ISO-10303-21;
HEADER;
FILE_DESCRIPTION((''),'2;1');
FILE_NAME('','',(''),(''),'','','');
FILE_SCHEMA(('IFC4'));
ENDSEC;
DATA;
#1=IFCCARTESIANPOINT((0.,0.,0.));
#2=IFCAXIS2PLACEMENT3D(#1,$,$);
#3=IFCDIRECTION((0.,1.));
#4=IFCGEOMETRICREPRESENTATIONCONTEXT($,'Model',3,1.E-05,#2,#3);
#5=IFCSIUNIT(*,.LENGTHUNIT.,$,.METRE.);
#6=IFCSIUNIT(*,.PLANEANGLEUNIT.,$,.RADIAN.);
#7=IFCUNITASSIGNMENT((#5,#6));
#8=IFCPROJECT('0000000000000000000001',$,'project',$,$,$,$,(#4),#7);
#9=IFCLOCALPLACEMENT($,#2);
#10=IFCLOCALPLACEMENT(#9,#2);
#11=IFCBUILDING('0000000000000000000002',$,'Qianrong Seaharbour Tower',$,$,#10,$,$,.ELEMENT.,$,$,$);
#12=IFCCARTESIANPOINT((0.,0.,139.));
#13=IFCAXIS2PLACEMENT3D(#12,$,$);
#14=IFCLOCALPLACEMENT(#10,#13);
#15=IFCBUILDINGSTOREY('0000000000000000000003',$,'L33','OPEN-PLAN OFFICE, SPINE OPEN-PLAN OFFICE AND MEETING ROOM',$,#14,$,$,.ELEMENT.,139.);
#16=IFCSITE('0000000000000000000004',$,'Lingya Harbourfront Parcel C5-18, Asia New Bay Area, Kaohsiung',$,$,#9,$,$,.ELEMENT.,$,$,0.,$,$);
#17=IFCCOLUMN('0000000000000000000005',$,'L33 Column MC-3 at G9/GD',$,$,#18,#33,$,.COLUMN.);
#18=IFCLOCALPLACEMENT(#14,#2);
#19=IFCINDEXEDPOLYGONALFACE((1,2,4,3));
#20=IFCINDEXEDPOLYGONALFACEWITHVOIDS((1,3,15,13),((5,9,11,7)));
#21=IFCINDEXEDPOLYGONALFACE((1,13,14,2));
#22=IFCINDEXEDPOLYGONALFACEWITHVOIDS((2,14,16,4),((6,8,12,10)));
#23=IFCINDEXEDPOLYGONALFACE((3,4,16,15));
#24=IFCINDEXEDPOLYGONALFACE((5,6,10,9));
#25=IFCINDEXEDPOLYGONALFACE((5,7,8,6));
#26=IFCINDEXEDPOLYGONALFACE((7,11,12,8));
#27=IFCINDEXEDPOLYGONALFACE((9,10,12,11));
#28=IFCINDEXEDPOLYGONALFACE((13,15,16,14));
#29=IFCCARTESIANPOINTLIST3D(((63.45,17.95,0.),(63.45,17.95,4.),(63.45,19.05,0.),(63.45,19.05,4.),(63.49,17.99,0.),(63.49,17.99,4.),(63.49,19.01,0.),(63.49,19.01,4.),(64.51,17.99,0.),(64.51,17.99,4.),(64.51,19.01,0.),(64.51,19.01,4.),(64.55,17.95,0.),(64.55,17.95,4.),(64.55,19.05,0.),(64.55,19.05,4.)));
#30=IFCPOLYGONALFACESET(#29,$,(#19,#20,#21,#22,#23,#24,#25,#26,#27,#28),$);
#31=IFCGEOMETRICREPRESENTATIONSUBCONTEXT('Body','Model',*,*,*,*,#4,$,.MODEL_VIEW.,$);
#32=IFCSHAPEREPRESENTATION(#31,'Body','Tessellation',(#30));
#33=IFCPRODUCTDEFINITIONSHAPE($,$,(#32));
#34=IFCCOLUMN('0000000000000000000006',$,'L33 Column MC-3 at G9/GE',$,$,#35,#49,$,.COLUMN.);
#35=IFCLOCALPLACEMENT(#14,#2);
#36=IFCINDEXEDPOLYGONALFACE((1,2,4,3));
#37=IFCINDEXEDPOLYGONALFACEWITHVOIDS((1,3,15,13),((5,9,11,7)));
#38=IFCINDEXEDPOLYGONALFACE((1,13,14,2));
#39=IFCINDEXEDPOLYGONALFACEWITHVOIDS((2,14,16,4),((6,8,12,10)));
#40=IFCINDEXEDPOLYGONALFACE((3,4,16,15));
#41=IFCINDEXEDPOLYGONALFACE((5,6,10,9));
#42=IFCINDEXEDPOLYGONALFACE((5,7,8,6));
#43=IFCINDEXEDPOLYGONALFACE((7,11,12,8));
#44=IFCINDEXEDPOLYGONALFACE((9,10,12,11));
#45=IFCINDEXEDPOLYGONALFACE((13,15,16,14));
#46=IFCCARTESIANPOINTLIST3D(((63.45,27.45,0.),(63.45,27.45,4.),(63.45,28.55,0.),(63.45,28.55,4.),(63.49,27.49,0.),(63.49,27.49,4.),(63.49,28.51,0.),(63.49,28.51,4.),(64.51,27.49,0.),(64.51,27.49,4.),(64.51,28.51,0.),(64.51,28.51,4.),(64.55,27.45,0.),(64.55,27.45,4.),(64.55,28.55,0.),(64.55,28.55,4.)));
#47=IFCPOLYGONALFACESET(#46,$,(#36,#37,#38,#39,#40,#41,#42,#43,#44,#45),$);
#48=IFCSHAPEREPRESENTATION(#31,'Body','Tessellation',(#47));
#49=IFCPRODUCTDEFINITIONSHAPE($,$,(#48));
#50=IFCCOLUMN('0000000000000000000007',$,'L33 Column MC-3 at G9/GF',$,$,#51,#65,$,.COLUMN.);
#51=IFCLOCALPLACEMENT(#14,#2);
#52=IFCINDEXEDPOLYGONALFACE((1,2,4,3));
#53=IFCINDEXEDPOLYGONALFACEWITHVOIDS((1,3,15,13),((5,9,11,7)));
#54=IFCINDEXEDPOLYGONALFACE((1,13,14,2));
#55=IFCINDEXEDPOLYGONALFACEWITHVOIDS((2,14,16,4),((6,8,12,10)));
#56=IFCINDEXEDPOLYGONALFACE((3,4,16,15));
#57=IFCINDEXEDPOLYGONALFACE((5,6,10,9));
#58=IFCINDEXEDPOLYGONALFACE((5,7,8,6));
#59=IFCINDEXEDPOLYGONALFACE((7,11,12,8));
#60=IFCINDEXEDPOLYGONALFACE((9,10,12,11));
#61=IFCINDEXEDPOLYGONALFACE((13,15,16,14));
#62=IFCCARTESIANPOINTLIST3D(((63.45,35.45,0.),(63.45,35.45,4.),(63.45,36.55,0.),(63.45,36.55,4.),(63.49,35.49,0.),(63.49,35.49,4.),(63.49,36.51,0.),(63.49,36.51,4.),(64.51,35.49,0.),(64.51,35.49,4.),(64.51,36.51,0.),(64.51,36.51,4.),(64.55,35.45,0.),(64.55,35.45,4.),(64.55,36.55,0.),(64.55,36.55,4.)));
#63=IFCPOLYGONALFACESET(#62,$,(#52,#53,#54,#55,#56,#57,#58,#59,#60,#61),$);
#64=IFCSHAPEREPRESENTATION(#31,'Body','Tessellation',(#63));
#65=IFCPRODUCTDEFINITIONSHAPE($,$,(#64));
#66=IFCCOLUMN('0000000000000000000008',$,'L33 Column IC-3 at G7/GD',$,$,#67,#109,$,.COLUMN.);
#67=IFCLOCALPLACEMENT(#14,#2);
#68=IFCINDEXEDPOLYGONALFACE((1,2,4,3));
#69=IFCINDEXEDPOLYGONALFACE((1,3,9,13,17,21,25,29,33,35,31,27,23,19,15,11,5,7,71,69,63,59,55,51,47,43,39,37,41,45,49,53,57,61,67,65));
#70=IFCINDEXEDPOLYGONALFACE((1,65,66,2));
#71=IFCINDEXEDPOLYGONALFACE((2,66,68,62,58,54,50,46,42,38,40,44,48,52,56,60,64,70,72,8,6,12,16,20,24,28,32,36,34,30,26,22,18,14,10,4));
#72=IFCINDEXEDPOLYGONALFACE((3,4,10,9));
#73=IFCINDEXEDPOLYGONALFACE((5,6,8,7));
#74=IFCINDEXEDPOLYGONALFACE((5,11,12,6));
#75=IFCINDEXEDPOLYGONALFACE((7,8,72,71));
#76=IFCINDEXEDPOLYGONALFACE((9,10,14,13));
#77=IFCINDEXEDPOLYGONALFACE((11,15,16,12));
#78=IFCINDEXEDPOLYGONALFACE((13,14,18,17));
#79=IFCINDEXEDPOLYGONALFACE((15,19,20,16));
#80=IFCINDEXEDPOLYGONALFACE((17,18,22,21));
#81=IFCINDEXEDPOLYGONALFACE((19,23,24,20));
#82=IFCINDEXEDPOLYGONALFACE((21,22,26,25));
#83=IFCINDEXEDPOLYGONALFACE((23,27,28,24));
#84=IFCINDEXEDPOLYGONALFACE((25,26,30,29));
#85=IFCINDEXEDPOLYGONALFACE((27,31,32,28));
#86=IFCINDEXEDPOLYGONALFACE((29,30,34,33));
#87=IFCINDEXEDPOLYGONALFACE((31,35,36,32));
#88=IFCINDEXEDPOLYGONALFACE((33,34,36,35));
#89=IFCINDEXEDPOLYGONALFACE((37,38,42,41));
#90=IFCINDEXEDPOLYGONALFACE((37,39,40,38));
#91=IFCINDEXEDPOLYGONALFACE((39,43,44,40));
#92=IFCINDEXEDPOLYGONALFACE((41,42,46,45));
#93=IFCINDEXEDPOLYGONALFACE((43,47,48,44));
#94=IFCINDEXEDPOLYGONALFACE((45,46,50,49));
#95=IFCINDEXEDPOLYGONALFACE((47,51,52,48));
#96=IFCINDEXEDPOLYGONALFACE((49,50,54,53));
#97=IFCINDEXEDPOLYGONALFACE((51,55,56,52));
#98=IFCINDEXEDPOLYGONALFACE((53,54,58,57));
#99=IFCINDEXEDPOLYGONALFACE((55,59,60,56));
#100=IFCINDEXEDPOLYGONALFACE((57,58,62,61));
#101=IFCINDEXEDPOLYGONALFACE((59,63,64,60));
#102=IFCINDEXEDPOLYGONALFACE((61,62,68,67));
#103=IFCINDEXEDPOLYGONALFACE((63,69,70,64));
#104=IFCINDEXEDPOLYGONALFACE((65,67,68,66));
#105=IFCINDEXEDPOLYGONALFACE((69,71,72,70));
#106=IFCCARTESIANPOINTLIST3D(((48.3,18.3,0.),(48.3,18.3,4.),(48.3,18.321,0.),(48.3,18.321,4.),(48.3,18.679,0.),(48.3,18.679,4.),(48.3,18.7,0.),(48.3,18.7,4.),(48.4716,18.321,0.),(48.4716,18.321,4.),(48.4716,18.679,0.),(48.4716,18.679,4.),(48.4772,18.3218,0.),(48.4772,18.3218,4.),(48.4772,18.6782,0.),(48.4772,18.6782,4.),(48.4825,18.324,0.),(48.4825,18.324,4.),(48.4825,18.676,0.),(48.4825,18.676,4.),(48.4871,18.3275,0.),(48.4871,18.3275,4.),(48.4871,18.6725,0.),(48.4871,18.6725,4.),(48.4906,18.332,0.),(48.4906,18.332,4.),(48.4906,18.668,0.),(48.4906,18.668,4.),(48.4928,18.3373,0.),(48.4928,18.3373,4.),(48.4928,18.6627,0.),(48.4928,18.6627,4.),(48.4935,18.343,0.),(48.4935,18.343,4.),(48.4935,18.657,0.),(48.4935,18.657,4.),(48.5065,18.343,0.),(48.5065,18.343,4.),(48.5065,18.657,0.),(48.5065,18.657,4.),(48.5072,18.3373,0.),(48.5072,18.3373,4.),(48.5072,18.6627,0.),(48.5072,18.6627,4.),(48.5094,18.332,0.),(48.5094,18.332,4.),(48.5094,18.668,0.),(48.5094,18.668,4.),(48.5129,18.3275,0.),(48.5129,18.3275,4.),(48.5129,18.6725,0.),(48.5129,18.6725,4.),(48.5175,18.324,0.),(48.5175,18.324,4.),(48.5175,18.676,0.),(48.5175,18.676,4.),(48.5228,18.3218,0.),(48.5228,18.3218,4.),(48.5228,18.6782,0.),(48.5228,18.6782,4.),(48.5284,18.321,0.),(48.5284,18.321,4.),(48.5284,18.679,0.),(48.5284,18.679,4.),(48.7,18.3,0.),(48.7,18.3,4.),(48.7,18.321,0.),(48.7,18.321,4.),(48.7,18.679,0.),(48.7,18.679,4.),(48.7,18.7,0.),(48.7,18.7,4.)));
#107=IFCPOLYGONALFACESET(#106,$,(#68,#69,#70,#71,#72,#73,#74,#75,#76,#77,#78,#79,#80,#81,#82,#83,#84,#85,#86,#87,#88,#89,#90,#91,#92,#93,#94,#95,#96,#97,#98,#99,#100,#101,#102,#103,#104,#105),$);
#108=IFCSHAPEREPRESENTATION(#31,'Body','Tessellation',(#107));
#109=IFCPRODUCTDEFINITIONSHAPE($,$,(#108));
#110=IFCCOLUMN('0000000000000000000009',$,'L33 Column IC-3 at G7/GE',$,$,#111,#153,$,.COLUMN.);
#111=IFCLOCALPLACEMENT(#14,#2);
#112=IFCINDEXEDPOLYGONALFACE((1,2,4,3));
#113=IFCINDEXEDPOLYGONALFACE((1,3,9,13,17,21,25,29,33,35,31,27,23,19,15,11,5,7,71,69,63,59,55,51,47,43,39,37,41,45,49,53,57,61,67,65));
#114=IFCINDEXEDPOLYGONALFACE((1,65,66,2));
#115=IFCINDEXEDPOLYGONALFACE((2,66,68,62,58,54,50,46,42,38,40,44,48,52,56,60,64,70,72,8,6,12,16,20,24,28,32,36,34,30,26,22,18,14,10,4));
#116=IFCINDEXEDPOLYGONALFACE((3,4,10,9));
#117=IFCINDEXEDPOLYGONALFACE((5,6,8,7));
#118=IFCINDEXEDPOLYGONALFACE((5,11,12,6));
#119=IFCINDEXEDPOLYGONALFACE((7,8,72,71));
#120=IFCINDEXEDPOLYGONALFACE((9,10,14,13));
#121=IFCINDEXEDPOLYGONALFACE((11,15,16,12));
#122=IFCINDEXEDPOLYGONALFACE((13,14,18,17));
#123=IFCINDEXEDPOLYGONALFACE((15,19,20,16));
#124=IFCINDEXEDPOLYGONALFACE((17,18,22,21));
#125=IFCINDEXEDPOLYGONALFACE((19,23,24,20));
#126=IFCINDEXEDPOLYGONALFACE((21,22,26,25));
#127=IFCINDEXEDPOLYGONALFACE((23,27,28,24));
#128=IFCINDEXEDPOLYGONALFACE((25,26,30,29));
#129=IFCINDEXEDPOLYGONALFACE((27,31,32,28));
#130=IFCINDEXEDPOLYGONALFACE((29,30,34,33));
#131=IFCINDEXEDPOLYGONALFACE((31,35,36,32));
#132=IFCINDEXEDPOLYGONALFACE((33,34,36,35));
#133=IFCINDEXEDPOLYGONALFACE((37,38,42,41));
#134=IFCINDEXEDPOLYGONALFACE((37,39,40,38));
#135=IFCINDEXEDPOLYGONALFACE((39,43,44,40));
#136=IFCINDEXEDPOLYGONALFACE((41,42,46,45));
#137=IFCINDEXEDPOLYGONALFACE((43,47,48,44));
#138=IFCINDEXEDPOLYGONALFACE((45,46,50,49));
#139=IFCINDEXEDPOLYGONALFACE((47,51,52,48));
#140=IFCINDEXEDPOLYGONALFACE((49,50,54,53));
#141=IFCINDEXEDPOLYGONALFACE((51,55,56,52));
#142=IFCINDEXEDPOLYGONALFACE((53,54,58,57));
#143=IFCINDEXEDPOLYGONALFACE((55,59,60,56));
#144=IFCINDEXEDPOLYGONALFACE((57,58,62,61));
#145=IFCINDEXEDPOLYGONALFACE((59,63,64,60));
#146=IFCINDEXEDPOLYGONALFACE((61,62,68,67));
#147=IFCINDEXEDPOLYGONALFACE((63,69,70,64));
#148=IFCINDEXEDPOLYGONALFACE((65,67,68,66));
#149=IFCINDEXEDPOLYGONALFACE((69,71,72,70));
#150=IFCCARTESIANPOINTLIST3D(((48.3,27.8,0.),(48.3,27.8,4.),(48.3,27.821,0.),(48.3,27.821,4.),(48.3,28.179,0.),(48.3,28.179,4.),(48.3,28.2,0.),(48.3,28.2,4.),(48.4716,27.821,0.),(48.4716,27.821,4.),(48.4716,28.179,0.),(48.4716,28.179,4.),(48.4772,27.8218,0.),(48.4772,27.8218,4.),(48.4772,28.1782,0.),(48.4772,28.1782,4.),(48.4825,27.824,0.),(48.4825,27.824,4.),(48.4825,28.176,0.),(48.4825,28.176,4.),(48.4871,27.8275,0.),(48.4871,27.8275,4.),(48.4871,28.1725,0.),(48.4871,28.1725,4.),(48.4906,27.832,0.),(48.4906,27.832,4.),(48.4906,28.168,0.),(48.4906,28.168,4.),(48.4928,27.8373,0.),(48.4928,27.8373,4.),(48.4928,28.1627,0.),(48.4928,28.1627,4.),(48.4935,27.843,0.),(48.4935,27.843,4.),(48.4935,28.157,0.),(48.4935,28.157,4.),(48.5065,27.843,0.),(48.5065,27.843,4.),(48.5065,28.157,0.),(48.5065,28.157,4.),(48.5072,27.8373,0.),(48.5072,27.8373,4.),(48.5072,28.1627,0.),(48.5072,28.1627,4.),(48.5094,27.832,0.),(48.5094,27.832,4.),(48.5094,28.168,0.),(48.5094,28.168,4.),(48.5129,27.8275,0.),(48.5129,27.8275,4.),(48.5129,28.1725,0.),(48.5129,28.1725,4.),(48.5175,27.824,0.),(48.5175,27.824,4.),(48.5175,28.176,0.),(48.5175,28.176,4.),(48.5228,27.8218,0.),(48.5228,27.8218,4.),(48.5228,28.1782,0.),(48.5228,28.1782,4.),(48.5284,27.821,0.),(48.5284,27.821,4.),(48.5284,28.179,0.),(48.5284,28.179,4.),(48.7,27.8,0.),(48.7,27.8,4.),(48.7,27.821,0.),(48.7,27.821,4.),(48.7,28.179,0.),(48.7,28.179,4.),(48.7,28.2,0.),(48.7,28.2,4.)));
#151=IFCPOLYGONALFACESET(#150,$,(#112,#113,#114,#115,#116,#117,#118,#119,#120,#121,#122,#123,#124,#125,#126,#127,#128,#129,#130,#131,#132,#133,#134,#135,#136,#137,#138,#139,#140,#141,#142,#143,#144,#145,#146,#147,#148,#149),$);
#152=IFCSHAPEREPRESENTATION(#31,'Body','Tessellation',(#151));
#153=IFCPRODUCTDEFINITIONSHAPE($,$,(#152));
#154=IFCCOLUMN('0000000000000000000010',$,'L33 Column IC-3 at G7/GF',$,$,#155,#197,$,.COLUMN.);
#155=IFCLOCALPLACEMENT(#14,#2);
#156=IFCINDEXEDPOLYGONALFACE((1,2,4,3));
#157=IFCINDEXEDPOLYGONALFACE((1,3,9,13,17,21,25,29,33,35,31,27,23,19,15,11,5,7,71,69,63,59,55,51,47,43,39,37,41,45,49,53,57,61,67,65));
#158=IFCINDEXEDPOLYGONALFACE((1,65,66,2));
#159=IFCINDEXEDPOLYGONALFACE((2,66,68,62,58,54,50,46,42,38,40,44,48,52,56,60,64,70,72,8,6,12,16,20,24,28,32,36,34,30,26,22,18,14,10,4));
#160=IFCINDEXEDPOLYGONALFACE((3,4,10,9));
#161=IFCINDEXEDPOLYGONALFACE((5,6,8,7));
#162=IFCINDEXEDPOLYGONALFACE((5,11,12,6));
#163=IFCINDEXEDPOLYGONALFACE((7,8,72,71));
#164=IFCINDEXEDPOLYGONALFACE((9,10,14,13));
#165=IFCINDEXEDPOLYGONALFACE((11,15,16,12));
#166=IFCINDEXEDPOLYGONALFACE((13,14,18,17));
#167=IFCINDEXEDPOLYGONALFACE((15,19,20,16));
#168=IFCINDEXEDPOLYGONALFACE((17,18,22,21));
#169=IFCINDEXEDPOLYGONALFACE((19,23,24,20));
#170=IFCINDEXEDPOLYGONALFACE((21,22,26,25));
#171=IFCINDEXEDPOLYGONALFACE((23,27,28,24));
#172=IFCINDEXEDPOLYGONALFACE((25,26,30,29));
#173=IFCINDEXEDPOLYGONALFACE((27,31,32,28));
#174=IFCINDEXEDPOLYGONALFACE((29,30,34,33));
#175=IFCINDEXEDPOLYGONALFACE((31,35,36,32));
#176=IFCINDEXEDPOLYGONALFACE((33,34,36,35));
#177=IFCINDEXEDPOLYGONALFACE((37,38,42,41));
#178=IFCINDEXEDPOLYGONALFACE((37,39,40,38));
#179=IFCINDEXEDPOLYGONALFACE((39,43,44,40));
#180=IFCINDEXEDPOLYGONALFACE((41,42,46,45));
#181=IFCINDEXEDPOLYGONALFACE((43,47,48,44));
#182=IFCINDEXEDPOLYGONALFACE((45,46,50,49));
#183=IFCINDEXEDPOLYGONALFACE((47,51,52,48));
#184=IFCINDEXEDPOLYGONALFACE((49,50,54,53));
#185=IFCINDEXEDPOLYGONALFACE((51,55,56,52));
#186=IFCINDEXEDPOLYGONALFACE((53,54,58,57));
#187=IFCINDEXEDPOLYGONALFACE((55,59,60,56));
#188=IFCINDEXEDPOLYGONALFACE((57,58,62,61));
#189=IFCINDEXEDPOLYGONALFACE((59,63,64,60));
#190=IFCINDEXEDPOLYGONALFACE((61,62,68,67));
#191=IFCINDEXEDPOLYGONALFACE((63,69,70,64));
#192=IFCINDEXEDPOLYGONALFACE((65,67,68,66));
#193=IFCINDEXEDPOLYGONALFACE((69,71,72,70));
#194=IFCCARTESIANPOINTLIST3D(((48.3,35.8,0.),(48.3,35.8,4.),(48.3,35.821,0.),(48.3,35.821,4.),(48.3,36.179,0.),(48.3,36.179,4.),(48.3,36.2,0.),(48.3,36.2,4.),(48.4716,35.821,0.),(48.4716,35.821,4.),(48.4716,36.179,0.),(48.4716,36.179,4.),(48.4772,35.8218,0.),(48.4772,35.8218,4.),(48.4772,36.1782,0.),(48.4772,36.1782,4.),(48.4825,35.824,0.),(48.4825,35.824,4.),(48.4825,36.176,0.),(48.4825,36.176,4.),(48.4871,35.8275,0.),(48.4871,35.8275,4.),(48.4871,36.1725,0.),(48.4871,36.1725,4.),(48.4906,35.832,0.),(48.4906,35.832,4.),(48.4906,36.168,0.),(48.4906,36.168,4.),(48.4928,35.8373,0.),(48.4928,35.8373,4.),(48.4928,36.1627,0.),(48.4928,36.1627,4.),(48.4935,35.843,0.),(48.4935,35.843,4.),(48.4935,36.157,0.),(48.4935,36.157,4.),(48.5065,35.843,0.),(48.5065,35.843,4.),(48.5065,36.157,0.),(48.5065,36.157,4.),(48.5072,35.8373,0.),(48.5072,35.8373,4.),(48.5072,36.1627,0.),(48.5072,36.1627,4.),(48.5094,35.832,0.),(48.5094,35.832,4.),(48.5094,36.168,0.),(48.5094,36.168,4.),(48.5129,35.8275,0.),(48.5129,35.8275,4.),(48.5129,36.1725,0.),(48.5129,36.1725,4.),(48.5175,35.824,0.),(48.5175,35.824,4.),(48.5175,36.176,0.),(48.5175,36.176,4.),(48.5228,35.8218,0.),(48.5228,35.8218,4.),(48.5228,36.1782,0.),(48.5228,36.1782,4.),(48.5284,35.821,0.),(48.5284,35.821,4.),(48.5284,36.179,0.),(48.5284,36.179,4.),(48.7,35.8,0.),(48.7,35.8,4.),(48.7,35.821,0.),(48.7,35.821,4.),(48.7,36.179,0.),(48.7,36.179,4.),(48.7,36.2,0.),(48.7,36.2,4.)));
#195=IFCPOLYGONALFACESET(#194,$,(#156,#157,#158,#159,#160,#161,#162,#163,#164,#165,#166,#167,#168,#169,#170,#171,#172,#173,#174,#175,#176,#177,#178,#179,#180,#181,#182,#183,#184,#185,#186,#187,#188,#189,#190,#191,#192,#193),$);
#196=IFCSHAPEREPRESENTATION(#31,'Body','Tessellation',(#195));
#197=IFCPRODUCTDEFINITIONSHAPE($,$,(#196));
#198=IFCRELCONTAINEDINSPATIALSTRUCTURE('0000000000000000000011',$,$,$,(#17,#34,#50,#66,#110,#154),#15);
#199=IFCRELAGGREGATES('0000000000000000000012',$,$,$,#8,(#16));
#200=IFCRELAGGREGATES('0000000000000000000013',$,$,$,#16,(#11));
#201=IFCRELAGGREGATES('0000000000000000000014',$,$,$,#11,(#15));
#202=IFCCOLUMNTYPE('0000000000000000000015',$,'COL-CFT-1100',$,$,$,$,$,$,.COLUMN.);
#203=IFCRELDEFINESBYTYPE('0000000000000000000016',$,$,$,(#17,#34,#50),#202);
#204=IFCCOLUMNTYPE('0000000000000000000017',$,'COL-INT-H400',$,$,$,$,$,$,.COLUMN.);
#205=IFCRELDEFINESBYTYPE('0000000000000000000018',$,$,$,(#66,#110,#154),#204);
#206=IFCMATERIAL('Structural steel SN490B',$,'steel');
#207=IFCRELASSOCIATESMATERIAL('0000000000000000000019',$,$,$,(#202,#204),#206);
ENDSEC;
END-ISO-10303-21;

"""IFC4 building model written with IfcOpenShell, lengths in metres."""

from ifc_helpers import new_model, si_unit, direction, frame, origin, origin_2d, place, context, subcontext, project, spatial, hollow_rectangle, i_section, extrude, material, material_profile, profile_set, type_object, element, save


model = new_model("IFC4")

# Units and contexts
model_context = context("Model", 3, precision=1e-05, world=origin(), true_north=direction((0.0, 1.0)))
body_context = subcontext(model_context, "Body", "Model", "MODEL_VIEW")
ifc_project = project(units=[si_unit("LENGTHUNIT", "METRE"), si_unit("PLANEANGLEUNIT", "RADIAN")], contexts=[model_context])

# Site, building, storey
site_placement = place(None, origin())
site = spatial("IfcSite", under=ifc_project, at=site_placement, Name="Lingya Harbourfront Parcel C5-18, Asia New Bay Area, Kaohsiung", CompositionType="ELEMENT", RefElevation=0.0)
building_placement = place(site_placement, origin())
building = spatial("IfcBuilding", under=site, at=building_placement, Name="Qianrong Seaharbour Tower", CompositionType="ELEMENT")
storey_placement = place(building_placement, frame((0.0, 0.0, 139.0)))
storey = spatial("IfcBuildingStorey", under=building, at=storey_placement, Name="L33", Description="OPEN-PLAN OFFICE, SPINE OPEN-PLAN OFFICE AND MEETING ROOM", CompositionType="ELEMENT", Elevation=139.0)

# Columns
ifc_material_1 = material(Name="Structural steel SN490B", Category="steel")
ifc_material_profile_1 = material_profile(ifc_material_1, hollow_rectangle(XDim=1.1001, YDim=1.1001, WallThickness=0.04, at=origin_2d()), Name="BOX1100x1100x40")
ifc_profile_set_1 = profile_set([ifc_material_profile_1], Name="Structural steel SN490B")
column_type_1 = type_object("IfcColumnType", Name="COL-CFT-1100", PredefinedType="COLUMN", material=ifc_profile_set_1)
for number, where, z_axis, x_axis, name in (
    (1, (64.0, 18.5, 0.0), (0.0, 0.0, 1.0), (1.0, 0.0, 0.0), "L33 Column MC-3 at G9/GD"),
    (2, (64.0, 28.0, 0.0), (0.0, 0.0, 1.0), (1.0, 0.0, 0.0), "L33 Column MC-3 at G9/GE"),
    (3, (64.0, 36.0, 0.0), (0.0, 0.0, 1.0), (1.0, 0.0, 0.0), "L33 Column MC-3 at G9/GF"),
):
    element("IfcColumn", number, at=place(storey_placement, frame(where, z_axis=z_axis, x_axis=x_axis)), inside=storey, type_object=column_type_1, Name=name, PredefinedType="COLUMN", context=body_context, shape_type="SweptSolid", body=[
        extrude(hollow_rectangle(XDim=1.1001, YDim=1.1001, WallThickness=0.04, at=origin_2d()), origin(), (0.0, 0.0, 1.0), 4.0),
    ])
ifc_material_profile_2 = material_profile(ifc_material_1, i_section(OverallWidth=0.3999, OverallDepth=0.3999, WebThickness=0.0129, FlangeThickness=0.021, FilletRadius=0.022, at=origin_2d()), Name="H400x400x13x21")
ifc_profile_set_2 = profile_set([ifc_material_profile_2], Name="Structural steel SN490B")
column_type_2 = type_object("IfcColumnType", Name="COL-INT-H400", PredefinedType="COLUMN", material=ifc_profile_set_2)
for number, where, z_axis, x_axis, name in (
    (4, (48.5, 18.5, 0.0), (0.0, 0.0, 1.0), (1.0, 0.0, 0.0), "L33 Column IC-3 at G7/GD"),
    (5, (48.5, 28.0, 0.0), (0.0, 0.0, 1.0), (1.0, 0.0, 0.0), "L33 Column IC-3 at G7/GE"),
    (6, (48.5, 36.0, 0.0), (0.0, 0.0, 1.0), (1.0, 0.0, 0.0), "L33 Column IC-3 at G7/GF"),
):
    element("IfcColumn", number, at=place(storey_placement, frame(where, z_axis=z_axis, x_axis=x_axis)), inside=storey, type_object=column_type_2, Name=name, PredefinedType="COLUMN", context=body_context, shape_type="SweptSolid", body=[
        extrude(i_section(OverallWidth=0.3999, OverallDepth=0.3999, WebThickness=0.0129, FlangeThickness=0.021, FilletRadius=0.022, at=origin_2d()), origin(), (0.0, 0.0, 1.0), 4.0),
    ])

save(model, "model.ifc")
